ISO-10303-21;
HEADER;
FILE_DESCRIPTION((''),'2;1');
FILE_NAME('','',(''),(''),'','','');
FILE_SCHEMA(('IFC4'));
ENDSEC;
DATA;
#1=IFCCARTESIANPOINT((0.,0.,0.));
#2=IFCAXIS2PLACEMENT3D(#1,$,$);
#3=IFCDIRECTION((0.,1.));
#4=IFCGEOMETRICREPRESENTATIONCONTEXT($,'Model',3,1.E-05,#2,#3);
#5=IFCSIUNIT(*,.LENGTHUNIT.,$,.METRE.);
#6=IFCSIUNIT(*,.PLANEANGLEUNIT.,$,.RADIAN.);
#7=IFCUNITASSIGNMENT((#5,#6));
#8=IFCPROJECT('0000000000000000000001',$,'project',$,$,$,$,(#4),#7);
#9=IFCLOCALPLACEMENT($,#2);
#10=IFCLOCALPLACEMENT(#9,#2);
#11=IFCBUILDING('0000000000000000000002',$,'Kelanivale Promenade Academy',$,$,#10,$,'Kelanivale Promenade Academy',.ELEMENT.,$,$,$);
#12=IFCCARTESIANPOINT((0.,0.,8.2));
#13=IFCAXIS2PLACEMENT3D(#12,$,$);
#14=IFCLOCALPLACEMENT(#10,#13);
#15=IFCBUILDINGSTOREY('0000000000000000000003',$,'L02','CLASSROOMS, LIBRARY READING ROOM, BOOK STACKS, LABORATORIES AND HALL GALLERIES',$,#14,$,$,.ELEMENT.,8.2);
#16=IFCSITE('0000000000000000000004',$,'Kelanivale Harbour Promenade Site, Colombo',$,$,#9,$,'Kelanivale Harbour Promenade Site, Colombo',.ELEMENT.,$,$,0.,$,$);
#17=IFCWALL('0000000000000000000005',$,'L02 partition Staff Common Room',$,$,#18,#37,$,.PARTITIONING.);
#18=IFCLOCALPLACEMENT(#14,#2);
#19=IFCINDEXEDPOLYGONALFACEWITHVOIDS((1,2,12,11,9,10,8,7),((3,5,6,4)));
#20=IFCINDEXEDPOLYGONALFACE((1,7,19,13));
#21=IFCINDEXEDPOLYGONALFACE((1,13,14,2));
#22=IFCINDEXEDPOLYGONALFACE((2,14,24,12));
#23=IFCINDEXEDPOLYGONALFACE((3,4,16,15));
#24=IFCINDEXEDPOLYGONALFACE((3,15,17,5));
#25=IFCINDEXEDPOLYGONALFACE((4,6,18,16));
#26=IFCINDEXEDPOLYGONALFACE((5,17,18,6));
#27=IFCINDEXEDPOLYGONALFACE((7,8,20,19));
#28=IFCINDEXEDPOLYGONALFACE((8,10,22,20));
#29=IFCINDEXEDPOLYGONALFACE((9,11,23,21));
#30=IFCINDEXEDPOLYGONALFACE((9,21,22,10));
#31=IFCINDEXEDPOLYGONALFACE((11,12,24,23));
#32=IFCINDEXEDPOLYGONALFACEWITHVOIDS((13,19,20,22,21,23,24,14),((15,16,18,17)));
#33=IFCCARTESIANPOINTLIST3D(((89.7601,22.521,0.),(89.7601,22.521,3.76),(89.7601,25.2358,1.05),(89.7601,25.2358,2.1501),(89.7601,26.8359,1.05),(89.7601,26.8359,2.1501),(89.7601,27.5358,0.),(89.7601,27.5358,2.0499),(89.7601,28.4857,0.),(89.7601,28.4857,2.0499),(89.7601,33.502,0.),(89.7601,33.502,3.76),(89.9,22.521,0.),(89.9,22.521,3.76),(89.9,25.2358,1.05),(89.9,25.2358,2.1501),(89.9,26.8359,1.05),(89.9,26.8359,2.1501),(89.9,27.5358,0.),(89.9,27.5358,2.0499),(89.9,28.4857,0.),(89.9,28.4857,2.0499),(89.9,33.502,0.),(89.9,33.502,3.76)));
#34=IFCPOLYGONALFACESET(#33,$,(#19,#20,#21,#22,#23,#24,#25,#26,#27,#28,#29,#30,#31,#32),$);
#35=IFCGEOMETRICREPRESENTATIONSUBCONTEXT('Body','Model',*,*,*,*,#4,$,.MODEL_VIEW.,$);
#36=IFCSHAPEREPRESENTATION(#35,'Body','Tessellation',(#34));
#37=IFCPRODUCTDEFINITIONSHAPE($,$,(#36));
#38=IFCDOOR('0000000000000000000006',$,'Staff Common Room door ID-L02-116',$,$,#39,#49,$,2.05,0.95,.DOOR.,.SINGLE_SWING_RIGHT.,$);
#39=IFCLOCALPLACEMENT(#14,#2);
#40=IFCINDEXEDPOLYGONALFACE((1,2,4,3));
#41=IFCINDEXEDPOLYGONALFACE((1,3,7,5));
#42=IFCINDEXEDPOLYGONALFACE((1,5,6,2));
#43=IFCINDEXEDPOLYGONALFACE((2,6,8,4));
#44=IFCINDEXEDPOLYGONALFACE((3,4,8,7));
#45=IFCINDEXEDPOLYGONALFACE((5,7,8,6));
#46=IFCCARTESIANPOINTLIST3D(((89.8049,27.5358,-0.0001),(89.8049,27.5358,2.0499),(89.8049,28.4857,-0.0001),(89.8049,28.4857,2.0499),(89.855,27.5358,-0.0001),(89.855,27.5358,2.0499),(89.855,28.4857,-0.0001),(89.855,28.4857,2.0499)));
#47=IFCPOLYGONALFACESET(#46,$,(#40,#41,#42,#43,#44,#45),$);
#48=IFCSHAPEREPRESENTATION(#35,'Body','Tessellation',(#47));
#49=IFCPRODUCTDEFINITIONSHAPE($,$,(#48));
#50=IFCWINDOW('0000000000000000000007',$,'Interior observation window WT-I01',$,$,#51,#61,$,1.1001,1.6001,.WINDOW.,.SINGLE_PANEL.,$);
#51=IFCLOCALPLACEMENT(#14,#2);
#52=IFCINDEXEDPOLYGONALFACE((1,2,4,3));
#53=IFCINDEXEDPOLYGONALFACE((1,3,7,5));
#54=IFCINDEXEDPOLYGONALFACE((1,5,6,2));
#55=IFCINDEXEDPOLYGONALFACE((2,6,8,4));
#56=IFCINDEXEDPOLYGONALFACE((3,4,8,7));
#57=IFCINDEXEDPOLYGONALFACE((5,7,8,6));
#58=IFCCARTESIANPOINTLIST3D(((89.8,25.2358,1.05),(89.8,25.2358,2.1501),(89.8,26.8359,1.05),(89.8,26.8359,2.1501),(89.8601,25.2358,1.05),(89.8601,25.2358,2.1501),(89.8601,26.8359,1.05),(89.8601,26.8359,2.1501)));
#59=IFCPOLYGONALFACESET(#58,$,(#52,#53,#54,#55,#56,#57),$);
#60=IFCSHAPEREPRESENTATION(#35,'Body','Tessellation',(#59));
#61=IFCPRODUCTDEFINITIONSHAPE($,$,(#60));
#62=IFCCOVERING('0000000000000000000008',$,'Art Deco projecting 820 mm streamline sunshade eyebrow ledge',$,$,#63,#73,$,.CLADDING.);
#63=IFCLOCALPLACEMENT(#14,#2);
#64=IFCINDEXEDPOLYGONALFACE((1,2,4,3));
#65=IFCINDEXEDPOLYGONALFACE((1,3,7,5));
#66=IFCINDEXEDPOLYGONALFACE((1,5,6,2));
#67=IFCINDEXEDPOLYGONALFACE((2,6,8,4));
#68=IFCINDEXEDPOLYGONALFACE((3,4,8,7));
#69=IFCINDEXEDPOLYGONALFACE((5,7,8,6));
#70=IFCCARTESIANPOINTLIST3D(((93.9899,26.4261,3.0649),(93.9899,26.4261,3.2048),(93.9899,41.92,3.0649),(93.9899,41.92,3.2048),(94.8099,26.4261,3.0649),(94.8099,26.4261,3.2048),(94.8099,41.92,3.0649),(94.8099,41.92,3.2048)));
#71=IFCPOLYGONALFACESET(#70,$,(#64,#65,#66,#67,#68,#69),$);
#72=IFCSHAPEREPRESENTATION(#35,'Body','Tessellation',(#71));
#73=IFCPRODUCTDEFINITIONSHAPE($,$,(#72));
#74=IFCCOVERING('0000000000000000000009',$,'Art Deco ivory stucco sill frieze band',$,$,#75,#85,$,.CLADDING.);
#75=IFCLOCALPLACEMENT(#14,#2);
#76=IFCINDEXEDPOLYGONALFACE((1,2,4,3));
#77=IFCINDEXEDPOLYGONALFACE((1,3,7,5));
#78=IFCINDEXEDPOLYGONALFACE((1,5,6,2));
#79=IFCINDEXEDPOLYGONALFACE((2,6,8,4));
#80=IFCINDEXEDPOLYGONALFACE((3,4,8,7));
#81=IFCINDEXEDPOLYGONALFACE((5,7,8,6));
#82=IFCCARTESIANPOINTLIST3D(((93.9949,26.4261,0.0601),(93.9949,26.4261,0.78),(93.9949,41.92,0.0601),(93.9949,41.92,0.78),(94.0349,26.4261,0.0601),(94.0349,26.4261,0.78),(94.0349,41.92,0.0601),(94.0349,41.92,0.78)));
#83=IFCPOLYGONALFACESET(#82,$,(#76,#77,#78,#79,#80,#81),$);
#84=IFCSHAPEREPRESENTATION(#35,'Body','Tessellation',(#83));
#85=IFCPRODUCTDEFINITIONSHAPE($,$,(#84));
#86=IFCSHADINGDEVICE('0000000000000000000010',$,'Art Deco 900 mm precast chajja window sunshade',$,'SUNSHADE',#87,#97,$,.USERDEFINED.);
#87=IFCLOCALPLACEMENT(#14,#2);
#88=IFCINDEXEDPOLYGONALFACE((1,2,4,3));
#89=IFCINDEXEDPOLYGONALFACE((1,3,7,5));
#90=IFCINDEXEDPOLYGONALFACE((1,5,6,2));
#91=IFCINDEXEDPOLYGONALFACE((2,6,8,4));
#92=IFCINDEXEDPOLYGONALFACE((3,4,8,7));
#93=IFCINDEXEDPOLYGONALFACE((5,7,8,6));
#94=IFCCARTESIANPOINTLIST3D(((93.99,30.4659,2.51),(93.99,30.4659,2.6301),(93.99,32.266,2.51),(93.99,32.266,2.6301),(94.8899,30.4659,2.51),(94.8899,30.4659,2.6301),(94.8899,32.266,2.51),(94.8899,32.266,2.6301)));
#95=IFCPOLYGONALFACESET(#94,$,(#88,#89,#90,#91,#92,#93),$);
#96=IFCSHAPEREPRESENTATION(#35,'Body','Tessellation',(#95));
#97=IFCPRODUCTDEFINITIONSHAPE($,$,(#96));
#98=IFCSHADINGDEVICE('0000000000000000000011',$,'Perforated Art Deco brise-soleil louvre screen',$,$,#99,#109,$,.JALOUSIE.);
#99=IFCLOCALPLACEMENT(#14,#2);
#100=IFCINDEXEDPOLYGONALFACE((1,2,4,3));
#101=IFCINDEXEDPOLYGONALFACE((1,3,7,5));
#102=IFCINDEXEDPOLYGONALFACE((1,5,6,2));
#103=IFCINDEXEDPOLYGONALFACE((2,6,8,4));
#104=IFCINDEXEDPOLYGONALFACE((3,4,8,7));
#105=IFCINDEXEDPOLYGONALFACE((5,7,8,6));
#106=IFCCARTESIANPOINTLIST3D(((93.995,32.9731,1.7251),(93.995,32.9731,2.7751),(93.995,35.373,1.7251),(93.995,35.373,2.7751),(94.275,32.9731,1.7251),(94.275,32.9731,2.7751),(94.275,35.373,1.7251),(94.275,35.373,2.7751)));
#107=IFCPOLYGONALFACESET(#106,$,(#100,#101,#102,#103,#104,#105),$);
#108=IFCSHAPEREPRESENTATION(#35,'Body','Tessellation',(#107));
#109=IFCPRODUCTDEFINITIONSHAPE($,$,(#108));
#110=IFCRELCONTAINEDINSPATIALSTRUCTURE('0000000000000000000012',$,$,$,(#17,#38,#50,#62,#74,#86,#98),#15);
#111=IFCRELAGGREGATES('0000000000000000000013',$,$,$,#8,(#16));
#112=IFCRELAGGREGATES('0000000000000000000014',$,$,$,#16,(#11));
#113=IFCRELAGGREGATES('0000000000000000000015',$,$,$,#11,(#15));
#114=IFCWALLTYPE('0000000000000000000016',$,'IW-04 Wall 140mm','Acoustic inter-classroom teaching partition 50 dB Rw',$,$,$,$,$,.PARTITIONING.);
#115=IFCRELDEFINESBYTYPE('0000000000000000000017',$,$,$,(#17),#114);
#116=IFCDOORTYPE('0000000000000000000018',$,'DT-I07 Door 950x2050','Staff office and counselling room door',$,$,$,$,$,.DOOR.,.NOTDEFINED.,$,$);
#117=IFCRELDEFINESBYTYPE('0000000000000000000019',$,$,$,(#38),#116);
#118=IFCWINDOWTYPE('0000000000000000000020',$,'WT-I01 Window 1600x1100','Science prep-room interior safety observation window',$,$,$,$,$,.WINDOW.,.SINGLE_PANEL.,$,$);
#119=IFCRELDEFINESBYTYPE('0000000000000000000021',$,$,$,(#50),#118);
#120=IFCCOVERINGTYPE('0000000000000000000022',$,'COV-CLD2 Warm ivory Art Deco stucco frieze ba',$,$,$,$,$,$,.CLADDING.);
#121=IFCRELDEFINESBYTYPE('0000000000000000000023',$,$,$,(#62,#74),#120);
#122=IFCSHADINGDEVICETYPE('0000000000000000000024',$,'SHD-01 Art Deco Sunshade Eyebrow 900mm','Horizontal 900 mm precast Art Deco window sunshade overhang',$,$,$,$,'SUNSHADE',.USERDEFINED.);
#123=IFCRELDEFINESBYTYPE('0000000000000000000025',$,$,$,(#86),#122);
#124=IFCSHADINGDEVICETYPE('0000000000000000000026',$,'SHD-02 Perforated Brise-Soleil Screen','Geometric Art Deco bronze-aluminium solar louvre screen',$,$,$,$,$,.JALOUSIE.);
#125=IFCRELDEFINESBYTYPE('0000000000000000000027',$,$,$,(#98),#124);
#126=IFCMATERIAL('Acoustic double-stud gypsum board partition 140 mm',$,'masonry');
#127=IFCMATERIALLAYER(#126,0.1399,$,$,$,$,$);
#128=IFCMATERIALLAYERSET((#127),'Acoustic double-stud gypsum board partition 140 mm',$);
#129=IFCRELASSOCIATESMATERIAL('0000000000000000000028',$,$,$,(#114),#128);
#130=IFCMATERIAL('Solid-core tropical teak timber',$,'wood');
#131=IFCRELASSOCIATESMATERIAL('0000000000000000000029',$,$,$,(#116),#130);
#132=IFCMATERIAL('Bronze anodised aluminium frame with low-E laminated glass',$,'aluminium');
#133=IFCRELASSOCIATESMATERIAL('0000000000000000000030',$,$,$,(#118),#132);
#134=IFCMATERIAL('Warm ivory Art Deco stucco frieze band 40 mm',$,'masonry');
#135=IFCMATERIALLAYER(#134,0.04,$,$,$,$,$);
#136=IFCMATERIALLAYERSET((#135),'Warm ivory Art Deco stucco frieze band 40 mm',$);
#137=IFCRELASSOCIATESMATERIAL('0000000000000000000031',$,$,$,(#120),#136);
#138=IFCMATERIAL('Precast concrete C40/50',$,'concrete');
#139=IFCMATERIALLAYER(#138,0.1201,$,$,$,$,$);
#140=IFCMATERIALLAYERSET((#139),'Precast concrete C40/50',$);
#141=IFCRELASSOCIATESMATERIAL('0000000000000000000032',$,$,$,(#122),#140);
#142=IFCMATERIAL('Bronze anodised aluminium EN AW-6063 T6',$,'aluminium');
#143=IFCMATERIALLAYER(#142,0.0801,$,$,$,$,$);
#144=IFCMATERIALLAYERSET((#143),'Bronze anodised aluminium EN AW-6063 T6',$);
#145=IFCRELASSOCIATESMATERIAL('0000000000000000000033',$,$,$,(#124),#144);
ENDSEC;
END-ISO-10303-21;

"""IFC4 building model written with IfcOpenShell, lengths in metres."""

from ifc_helpers import new_model, si_unit, direction, frame, frame_2d, origin, origin_2d, place, context, subcontext, project, spatial, rectangle, extrude, material, layer, layer_set, type_object, element, fill, save


model = new_model("IFC4")

# Units and contexts
model_context = context("Model", 3, precision=1e-05, world=origin(), true_north=direction((0.0, 1.0)))
body_context = subcontext(model_context, "Body", "Model", "MODEL_VIEW")
ifc_project = project(units=[si_unit("LENGTHUNIT", "METRE"), si_unit("PLANEANGLEUNIT", "RADIAN")], contexts=[model_context])

# Site, building, storey
site_placement = place(None, origin())
site = spatial("IfcSite", under=ifc_project, at=site_placement, Name="Kelanivale Harbour Promenade Site, Colombo", LongName="Kelanivale Harbour Promenade Site, Colombo", CompositionType="ELEMENT", RefElevation=0.0)
building_placement = place(site_placement, origin())
building = spatial("IfcBuilding", under=site, at=building_placement, Name="Kelanivale Promenade Academy", LongName="Kelanivale Promenade Academy", CompositionType="ELEMENT")
storey_placement = place(building_placement, frame((0.0, 0.0, 8.2)))
storey = spatial("IfcBuildingStorey", under=building, at=storey_placement, Name="L02", Description="CLASSROOMS, LIBRARY READING ROOM, BOOK STACKS, LABORATORIES AND HALL GALLERIES", CompositionType="ELEMENT", Elevation=8.2)

# Shared definitions
ifc_material_1 = material(Name="Acoustic double-stud gypsum board partition 140 mm", Category="masonry")
ifc_layer_1 = layer(ifc_material_1, 0.1399)
ifc_layer_set_1 = layer_set([ifc_layer_1], Name="Acoustic double-stud gypsum board partition 140 mm")
wall_type_1 = type_object("IfcWallType", Name="IW-04 Wall 140mm", Description="Acoustic inter-classroom teaching partition 50 dB Rw", PredefinedType="PARTITIONING", material=ifc_layer_set_1)

# Wall, openings, door, window
wall_1_placement = place(storey_placement, frame((89.8301, 33.502, 0.0), z_axis=(0.0, 0.0, 1.0), x_axis=(0.0, -1.0, 0.0)))
wall_1 = element("IfcWall", 1, at=wall_1_placement, inside=storey, type_object=wall_type_1, Name="L02 partition Staff Common Room", PredefinedType="PARTITIONING", context=body_context, shape_type="SweptSolid", body=[
    extrude(rectangle(XDim=10.981, YDim=0.1399, at=frame_2d((5.4905, 0.0))), origin(), (0.0, 0.0, 1.0), 3.76),
])
opening_1_placement = place(wall_1_placement, frame((5.0161, 0.0, 0.0)))
opening_1 = element("IfcOpeningElement", 2, at=opening_1_placement, cuts=wall_1, PredefinedType="OPENING", context=body_context, shape_type="SweptSolid", body=[
    extrude(rectangle(XDim=0.95, YDim=2.05, at=frame_2d((0.4751, 1.0249))), frame((0.0, 0.0801, 0.0), z_axis=(0.0, -1.0, 0.0), x_axis=(1.0, 0.0, 0.0)), (0.0, 0.0, 1.0), 0.1599),
])
opening_2_placement = place(wall_1_placement, frame((6.666, 0.0, 1.05)))
opening_2 = element("IfcOpeningElement", 3, at=opening_2_placement, cuts=wall_1, PredefinedType="OPENING", context=body_context, shape_type="SweptSolid", body=[
    extrude(rectangle(XDim=1.6001, YDim=1.1001, at=frame_2d((0.8, 0.55))), frame((0.0, 0.0801, 0.0), z_axis=(0.0, -1.0, 0.0), x_axis=(1.0, 0.0, 0.0)), (0.0, 0.0, 1.0), 0.1599),
])
ifc_material_2 = material(Name="Solid-core tropical teak timber", Category="wood")
door_type = type_object("IfcDoorType", Name="DT-I07 Door 950x2050", Description="Staff office and counselling room door", OperationType="NOTDEFINED", PredefinedType="DOOR", material=ifc_material_2)
door_placement = place(opening_1_placement, origin())
door = element("IfcDoor", 4, at=door_placement, inside=storey, type_object=door_type, Name="Staff Common Room door ID-L02-116", OperationType="SINGLE_SWING_RIGHT", OverallHeight=2.05, OverallWidth=0.95, PredefinedType="DOOR", context=body_context, shape_type="SweptSolid", body=[
    extrude(rectangle(XDim=0.95, YDim=2.05, at=frame_2d((0.4751, 1.0249))), frame((0.0, 0.0249, 0.0), z_axis=(0.0, -1.0, 0.0), x_axis=(1.0, 0.0, 0.0)), (0.0, 0.0, 1.0), 0.05),
])
fill(opening_1, door)
ifc_material_3 = material(Name="Bronze anodised aluminium frame with low-E laminated glass", Category="aluminium")
window_type = type_object("IfcWindowType", Name="WT-I01 Window 1600x1100", Description="Science prep-room interior safety observation window", PartitioningType="SINGLE_PANEL", PredefinedType="WINDOW", material=ifc_material_3)
window_placement = place(opening_2_placement, origin())
window = element("IfcWindow", 5, at=window_placement, inside=storey, type_object=window_type, Name="Interior observation window WT-I01", OverallHeight=1.1001, OverallWidth=1.6001, PartitioningType="SINGLE_PANEL", PredefinedType="WINDOW", context=body_context, shape_type="SweptSolid", body=[
    extrude(rectangle(XDim=1.6001, YDim=1.1001, at=frame_2d((0.8, 0.55))), frame((0.0, 0.03, 0.0), z_axis=(0.0, -1.0, 0.0), x_axis=(1.0, 0.0, 0.0)), (0.0, 0.0, 1.0), 0.0601),
])
fill(opening_2, window)

# Coverings
ifc_material_4 = material(Name="Warm ivory Art Deco stucco frieze band 40 mm", Category="masonry")
ifc_layer_2 = layer(ifc_material_4, 0.04)
ifc_layer_set_2 = layer_set([ifc_layer_2], Name="Warm ivory Art Deco stucco frieze band 40 mm")
covering_type = type_object("IfcCoveringType", Name="COV-CLD2 Warm ivory Art Deco stucco frieze ba", PredefinedType="CLADDING", material=ifc_layer_set_2)
covering_1_placement = place(storey_placement, frame((94.3999, 34.1731, 3.0649), z_axis=(0.0, 0.0, 1.0), x_axis=(0.0, 1.0, 0.0)))
element("IfcCovering", 6, at=covering_1_placement, inside=storey, type_object=covering_type, Name="Art Deco projecting 820 mm streamline sunshade eyebrow ledge", PredefinedType="CLADDING", context=body_context, shape_type="SweptSolid", body=[
    extrude(rectangle(XDim=15.4939, YDim=0.8201, at=origin_2d()), origin(), (0.0, 0.0, 1.0), 0.1399),
])
covering_2_placement = place(storey_placement, frame((94.0149, 34.1731, 0.0601), z_axis=(0.0, 0.0, 1.0), x_axis=(0.0, 1.0, 0.0)))
element("IfcCovering", 7, at=covering_2_placement, inside=storey, type_object=covering_type, Name="Art Deco ivory stucco sill frieze band", PredefinedType="CLADDING", context=body_context, shape_type="SweptSolid", body=[
    extrude(rectangle(XDim=15.4939, YDim=0.04, at=origin_2d()), origin(), (0.0, 0.0, 1.0), 0.72),
])

# Shading devices
ifc_material_5 = material(Name="Precast concrete C40/50", Category="concrete")
ifc_layer_3 = layer(ifc_material_5, 0.1201)
ifc_layer_set_3 = layer_set([ifc_layer_3], Name="Precast concrete C40/50")
shading_device_type_1 = type_object("IfcShadingDeviceType", Name="SHD-01 Art Deco Sunshade Eyebrow 900mm", Description="Horizontal 900 mm precast Art Deco window sunshade overhang", ElementType="SUNSHADE", PredefinedType="USERDEFINED", material=ifc_layer_set_3)
shading_device_1_placement = place(storey_placement, frame((94.4399, 31.366, 2.51), z_axis=(0.0, 0.0, 1.0), x_axis=(0.0, 1.0, 0.0)))
element("IfcShadingDevice", 8, at=shading_device_1_placement, inside=storey, type_object=shading_device_type_1, Name="Art Deco 900 mm precast chajja window sunshade", ObjectType="SUNSHADE", PredefinedType="USERDEFINED", context=body_context, shape_type="SweptSolid", body=[
    extrude(rectangle(XDim=1.8, YDim=0.8999, at=origin_2d()), origin(), (0.0, 0.0, 1.0), 0.1201),
])
ifc_material_6 = material(Name="Bronze anodised aluminium EN AW-6063 T6", Category="aluminium")
ifc_layer_4 = layer(ifc_material_6, 0.0801)
ifc_layer_set_4 = layer_set([ifc_layer_4], Name="Bronze anodised aluminium EN AW-6063 T6")
shading_device_type_2 = type_object("IfcShadingDeviceType", Name="SHD-02 Perforated Brise-Soleil Screen", Description="Geometric Art Deco bronze-aluminium solar louvre screen", PredefinedType="JALOUSIE", material=ifc_layer_set_4)
shading_device_2_placement = place(storey_placement, frame((94.135, 34.1731, 1.7251), z_axis=(0.0, 0.0, 1.0), x_axis=(0.0, 1.0, 0.0)))
element("IfcShadingDevice", 9, at=shading_device_2_placement, inside=storey, type_object=shading_device_type_2, Name="Perforated Art Deco brise-soleil louvre screen", PredefinedType="JALOUSIE", context=body_context, shape_type="SweptSolid", body=[
    extrude(rectangle(XDim=2.3999, YDim=0.28, at=origin_2d()), origin(), (0.0, 0.0, 1.0), 1.05),
])

save(model, "model.ifc")
